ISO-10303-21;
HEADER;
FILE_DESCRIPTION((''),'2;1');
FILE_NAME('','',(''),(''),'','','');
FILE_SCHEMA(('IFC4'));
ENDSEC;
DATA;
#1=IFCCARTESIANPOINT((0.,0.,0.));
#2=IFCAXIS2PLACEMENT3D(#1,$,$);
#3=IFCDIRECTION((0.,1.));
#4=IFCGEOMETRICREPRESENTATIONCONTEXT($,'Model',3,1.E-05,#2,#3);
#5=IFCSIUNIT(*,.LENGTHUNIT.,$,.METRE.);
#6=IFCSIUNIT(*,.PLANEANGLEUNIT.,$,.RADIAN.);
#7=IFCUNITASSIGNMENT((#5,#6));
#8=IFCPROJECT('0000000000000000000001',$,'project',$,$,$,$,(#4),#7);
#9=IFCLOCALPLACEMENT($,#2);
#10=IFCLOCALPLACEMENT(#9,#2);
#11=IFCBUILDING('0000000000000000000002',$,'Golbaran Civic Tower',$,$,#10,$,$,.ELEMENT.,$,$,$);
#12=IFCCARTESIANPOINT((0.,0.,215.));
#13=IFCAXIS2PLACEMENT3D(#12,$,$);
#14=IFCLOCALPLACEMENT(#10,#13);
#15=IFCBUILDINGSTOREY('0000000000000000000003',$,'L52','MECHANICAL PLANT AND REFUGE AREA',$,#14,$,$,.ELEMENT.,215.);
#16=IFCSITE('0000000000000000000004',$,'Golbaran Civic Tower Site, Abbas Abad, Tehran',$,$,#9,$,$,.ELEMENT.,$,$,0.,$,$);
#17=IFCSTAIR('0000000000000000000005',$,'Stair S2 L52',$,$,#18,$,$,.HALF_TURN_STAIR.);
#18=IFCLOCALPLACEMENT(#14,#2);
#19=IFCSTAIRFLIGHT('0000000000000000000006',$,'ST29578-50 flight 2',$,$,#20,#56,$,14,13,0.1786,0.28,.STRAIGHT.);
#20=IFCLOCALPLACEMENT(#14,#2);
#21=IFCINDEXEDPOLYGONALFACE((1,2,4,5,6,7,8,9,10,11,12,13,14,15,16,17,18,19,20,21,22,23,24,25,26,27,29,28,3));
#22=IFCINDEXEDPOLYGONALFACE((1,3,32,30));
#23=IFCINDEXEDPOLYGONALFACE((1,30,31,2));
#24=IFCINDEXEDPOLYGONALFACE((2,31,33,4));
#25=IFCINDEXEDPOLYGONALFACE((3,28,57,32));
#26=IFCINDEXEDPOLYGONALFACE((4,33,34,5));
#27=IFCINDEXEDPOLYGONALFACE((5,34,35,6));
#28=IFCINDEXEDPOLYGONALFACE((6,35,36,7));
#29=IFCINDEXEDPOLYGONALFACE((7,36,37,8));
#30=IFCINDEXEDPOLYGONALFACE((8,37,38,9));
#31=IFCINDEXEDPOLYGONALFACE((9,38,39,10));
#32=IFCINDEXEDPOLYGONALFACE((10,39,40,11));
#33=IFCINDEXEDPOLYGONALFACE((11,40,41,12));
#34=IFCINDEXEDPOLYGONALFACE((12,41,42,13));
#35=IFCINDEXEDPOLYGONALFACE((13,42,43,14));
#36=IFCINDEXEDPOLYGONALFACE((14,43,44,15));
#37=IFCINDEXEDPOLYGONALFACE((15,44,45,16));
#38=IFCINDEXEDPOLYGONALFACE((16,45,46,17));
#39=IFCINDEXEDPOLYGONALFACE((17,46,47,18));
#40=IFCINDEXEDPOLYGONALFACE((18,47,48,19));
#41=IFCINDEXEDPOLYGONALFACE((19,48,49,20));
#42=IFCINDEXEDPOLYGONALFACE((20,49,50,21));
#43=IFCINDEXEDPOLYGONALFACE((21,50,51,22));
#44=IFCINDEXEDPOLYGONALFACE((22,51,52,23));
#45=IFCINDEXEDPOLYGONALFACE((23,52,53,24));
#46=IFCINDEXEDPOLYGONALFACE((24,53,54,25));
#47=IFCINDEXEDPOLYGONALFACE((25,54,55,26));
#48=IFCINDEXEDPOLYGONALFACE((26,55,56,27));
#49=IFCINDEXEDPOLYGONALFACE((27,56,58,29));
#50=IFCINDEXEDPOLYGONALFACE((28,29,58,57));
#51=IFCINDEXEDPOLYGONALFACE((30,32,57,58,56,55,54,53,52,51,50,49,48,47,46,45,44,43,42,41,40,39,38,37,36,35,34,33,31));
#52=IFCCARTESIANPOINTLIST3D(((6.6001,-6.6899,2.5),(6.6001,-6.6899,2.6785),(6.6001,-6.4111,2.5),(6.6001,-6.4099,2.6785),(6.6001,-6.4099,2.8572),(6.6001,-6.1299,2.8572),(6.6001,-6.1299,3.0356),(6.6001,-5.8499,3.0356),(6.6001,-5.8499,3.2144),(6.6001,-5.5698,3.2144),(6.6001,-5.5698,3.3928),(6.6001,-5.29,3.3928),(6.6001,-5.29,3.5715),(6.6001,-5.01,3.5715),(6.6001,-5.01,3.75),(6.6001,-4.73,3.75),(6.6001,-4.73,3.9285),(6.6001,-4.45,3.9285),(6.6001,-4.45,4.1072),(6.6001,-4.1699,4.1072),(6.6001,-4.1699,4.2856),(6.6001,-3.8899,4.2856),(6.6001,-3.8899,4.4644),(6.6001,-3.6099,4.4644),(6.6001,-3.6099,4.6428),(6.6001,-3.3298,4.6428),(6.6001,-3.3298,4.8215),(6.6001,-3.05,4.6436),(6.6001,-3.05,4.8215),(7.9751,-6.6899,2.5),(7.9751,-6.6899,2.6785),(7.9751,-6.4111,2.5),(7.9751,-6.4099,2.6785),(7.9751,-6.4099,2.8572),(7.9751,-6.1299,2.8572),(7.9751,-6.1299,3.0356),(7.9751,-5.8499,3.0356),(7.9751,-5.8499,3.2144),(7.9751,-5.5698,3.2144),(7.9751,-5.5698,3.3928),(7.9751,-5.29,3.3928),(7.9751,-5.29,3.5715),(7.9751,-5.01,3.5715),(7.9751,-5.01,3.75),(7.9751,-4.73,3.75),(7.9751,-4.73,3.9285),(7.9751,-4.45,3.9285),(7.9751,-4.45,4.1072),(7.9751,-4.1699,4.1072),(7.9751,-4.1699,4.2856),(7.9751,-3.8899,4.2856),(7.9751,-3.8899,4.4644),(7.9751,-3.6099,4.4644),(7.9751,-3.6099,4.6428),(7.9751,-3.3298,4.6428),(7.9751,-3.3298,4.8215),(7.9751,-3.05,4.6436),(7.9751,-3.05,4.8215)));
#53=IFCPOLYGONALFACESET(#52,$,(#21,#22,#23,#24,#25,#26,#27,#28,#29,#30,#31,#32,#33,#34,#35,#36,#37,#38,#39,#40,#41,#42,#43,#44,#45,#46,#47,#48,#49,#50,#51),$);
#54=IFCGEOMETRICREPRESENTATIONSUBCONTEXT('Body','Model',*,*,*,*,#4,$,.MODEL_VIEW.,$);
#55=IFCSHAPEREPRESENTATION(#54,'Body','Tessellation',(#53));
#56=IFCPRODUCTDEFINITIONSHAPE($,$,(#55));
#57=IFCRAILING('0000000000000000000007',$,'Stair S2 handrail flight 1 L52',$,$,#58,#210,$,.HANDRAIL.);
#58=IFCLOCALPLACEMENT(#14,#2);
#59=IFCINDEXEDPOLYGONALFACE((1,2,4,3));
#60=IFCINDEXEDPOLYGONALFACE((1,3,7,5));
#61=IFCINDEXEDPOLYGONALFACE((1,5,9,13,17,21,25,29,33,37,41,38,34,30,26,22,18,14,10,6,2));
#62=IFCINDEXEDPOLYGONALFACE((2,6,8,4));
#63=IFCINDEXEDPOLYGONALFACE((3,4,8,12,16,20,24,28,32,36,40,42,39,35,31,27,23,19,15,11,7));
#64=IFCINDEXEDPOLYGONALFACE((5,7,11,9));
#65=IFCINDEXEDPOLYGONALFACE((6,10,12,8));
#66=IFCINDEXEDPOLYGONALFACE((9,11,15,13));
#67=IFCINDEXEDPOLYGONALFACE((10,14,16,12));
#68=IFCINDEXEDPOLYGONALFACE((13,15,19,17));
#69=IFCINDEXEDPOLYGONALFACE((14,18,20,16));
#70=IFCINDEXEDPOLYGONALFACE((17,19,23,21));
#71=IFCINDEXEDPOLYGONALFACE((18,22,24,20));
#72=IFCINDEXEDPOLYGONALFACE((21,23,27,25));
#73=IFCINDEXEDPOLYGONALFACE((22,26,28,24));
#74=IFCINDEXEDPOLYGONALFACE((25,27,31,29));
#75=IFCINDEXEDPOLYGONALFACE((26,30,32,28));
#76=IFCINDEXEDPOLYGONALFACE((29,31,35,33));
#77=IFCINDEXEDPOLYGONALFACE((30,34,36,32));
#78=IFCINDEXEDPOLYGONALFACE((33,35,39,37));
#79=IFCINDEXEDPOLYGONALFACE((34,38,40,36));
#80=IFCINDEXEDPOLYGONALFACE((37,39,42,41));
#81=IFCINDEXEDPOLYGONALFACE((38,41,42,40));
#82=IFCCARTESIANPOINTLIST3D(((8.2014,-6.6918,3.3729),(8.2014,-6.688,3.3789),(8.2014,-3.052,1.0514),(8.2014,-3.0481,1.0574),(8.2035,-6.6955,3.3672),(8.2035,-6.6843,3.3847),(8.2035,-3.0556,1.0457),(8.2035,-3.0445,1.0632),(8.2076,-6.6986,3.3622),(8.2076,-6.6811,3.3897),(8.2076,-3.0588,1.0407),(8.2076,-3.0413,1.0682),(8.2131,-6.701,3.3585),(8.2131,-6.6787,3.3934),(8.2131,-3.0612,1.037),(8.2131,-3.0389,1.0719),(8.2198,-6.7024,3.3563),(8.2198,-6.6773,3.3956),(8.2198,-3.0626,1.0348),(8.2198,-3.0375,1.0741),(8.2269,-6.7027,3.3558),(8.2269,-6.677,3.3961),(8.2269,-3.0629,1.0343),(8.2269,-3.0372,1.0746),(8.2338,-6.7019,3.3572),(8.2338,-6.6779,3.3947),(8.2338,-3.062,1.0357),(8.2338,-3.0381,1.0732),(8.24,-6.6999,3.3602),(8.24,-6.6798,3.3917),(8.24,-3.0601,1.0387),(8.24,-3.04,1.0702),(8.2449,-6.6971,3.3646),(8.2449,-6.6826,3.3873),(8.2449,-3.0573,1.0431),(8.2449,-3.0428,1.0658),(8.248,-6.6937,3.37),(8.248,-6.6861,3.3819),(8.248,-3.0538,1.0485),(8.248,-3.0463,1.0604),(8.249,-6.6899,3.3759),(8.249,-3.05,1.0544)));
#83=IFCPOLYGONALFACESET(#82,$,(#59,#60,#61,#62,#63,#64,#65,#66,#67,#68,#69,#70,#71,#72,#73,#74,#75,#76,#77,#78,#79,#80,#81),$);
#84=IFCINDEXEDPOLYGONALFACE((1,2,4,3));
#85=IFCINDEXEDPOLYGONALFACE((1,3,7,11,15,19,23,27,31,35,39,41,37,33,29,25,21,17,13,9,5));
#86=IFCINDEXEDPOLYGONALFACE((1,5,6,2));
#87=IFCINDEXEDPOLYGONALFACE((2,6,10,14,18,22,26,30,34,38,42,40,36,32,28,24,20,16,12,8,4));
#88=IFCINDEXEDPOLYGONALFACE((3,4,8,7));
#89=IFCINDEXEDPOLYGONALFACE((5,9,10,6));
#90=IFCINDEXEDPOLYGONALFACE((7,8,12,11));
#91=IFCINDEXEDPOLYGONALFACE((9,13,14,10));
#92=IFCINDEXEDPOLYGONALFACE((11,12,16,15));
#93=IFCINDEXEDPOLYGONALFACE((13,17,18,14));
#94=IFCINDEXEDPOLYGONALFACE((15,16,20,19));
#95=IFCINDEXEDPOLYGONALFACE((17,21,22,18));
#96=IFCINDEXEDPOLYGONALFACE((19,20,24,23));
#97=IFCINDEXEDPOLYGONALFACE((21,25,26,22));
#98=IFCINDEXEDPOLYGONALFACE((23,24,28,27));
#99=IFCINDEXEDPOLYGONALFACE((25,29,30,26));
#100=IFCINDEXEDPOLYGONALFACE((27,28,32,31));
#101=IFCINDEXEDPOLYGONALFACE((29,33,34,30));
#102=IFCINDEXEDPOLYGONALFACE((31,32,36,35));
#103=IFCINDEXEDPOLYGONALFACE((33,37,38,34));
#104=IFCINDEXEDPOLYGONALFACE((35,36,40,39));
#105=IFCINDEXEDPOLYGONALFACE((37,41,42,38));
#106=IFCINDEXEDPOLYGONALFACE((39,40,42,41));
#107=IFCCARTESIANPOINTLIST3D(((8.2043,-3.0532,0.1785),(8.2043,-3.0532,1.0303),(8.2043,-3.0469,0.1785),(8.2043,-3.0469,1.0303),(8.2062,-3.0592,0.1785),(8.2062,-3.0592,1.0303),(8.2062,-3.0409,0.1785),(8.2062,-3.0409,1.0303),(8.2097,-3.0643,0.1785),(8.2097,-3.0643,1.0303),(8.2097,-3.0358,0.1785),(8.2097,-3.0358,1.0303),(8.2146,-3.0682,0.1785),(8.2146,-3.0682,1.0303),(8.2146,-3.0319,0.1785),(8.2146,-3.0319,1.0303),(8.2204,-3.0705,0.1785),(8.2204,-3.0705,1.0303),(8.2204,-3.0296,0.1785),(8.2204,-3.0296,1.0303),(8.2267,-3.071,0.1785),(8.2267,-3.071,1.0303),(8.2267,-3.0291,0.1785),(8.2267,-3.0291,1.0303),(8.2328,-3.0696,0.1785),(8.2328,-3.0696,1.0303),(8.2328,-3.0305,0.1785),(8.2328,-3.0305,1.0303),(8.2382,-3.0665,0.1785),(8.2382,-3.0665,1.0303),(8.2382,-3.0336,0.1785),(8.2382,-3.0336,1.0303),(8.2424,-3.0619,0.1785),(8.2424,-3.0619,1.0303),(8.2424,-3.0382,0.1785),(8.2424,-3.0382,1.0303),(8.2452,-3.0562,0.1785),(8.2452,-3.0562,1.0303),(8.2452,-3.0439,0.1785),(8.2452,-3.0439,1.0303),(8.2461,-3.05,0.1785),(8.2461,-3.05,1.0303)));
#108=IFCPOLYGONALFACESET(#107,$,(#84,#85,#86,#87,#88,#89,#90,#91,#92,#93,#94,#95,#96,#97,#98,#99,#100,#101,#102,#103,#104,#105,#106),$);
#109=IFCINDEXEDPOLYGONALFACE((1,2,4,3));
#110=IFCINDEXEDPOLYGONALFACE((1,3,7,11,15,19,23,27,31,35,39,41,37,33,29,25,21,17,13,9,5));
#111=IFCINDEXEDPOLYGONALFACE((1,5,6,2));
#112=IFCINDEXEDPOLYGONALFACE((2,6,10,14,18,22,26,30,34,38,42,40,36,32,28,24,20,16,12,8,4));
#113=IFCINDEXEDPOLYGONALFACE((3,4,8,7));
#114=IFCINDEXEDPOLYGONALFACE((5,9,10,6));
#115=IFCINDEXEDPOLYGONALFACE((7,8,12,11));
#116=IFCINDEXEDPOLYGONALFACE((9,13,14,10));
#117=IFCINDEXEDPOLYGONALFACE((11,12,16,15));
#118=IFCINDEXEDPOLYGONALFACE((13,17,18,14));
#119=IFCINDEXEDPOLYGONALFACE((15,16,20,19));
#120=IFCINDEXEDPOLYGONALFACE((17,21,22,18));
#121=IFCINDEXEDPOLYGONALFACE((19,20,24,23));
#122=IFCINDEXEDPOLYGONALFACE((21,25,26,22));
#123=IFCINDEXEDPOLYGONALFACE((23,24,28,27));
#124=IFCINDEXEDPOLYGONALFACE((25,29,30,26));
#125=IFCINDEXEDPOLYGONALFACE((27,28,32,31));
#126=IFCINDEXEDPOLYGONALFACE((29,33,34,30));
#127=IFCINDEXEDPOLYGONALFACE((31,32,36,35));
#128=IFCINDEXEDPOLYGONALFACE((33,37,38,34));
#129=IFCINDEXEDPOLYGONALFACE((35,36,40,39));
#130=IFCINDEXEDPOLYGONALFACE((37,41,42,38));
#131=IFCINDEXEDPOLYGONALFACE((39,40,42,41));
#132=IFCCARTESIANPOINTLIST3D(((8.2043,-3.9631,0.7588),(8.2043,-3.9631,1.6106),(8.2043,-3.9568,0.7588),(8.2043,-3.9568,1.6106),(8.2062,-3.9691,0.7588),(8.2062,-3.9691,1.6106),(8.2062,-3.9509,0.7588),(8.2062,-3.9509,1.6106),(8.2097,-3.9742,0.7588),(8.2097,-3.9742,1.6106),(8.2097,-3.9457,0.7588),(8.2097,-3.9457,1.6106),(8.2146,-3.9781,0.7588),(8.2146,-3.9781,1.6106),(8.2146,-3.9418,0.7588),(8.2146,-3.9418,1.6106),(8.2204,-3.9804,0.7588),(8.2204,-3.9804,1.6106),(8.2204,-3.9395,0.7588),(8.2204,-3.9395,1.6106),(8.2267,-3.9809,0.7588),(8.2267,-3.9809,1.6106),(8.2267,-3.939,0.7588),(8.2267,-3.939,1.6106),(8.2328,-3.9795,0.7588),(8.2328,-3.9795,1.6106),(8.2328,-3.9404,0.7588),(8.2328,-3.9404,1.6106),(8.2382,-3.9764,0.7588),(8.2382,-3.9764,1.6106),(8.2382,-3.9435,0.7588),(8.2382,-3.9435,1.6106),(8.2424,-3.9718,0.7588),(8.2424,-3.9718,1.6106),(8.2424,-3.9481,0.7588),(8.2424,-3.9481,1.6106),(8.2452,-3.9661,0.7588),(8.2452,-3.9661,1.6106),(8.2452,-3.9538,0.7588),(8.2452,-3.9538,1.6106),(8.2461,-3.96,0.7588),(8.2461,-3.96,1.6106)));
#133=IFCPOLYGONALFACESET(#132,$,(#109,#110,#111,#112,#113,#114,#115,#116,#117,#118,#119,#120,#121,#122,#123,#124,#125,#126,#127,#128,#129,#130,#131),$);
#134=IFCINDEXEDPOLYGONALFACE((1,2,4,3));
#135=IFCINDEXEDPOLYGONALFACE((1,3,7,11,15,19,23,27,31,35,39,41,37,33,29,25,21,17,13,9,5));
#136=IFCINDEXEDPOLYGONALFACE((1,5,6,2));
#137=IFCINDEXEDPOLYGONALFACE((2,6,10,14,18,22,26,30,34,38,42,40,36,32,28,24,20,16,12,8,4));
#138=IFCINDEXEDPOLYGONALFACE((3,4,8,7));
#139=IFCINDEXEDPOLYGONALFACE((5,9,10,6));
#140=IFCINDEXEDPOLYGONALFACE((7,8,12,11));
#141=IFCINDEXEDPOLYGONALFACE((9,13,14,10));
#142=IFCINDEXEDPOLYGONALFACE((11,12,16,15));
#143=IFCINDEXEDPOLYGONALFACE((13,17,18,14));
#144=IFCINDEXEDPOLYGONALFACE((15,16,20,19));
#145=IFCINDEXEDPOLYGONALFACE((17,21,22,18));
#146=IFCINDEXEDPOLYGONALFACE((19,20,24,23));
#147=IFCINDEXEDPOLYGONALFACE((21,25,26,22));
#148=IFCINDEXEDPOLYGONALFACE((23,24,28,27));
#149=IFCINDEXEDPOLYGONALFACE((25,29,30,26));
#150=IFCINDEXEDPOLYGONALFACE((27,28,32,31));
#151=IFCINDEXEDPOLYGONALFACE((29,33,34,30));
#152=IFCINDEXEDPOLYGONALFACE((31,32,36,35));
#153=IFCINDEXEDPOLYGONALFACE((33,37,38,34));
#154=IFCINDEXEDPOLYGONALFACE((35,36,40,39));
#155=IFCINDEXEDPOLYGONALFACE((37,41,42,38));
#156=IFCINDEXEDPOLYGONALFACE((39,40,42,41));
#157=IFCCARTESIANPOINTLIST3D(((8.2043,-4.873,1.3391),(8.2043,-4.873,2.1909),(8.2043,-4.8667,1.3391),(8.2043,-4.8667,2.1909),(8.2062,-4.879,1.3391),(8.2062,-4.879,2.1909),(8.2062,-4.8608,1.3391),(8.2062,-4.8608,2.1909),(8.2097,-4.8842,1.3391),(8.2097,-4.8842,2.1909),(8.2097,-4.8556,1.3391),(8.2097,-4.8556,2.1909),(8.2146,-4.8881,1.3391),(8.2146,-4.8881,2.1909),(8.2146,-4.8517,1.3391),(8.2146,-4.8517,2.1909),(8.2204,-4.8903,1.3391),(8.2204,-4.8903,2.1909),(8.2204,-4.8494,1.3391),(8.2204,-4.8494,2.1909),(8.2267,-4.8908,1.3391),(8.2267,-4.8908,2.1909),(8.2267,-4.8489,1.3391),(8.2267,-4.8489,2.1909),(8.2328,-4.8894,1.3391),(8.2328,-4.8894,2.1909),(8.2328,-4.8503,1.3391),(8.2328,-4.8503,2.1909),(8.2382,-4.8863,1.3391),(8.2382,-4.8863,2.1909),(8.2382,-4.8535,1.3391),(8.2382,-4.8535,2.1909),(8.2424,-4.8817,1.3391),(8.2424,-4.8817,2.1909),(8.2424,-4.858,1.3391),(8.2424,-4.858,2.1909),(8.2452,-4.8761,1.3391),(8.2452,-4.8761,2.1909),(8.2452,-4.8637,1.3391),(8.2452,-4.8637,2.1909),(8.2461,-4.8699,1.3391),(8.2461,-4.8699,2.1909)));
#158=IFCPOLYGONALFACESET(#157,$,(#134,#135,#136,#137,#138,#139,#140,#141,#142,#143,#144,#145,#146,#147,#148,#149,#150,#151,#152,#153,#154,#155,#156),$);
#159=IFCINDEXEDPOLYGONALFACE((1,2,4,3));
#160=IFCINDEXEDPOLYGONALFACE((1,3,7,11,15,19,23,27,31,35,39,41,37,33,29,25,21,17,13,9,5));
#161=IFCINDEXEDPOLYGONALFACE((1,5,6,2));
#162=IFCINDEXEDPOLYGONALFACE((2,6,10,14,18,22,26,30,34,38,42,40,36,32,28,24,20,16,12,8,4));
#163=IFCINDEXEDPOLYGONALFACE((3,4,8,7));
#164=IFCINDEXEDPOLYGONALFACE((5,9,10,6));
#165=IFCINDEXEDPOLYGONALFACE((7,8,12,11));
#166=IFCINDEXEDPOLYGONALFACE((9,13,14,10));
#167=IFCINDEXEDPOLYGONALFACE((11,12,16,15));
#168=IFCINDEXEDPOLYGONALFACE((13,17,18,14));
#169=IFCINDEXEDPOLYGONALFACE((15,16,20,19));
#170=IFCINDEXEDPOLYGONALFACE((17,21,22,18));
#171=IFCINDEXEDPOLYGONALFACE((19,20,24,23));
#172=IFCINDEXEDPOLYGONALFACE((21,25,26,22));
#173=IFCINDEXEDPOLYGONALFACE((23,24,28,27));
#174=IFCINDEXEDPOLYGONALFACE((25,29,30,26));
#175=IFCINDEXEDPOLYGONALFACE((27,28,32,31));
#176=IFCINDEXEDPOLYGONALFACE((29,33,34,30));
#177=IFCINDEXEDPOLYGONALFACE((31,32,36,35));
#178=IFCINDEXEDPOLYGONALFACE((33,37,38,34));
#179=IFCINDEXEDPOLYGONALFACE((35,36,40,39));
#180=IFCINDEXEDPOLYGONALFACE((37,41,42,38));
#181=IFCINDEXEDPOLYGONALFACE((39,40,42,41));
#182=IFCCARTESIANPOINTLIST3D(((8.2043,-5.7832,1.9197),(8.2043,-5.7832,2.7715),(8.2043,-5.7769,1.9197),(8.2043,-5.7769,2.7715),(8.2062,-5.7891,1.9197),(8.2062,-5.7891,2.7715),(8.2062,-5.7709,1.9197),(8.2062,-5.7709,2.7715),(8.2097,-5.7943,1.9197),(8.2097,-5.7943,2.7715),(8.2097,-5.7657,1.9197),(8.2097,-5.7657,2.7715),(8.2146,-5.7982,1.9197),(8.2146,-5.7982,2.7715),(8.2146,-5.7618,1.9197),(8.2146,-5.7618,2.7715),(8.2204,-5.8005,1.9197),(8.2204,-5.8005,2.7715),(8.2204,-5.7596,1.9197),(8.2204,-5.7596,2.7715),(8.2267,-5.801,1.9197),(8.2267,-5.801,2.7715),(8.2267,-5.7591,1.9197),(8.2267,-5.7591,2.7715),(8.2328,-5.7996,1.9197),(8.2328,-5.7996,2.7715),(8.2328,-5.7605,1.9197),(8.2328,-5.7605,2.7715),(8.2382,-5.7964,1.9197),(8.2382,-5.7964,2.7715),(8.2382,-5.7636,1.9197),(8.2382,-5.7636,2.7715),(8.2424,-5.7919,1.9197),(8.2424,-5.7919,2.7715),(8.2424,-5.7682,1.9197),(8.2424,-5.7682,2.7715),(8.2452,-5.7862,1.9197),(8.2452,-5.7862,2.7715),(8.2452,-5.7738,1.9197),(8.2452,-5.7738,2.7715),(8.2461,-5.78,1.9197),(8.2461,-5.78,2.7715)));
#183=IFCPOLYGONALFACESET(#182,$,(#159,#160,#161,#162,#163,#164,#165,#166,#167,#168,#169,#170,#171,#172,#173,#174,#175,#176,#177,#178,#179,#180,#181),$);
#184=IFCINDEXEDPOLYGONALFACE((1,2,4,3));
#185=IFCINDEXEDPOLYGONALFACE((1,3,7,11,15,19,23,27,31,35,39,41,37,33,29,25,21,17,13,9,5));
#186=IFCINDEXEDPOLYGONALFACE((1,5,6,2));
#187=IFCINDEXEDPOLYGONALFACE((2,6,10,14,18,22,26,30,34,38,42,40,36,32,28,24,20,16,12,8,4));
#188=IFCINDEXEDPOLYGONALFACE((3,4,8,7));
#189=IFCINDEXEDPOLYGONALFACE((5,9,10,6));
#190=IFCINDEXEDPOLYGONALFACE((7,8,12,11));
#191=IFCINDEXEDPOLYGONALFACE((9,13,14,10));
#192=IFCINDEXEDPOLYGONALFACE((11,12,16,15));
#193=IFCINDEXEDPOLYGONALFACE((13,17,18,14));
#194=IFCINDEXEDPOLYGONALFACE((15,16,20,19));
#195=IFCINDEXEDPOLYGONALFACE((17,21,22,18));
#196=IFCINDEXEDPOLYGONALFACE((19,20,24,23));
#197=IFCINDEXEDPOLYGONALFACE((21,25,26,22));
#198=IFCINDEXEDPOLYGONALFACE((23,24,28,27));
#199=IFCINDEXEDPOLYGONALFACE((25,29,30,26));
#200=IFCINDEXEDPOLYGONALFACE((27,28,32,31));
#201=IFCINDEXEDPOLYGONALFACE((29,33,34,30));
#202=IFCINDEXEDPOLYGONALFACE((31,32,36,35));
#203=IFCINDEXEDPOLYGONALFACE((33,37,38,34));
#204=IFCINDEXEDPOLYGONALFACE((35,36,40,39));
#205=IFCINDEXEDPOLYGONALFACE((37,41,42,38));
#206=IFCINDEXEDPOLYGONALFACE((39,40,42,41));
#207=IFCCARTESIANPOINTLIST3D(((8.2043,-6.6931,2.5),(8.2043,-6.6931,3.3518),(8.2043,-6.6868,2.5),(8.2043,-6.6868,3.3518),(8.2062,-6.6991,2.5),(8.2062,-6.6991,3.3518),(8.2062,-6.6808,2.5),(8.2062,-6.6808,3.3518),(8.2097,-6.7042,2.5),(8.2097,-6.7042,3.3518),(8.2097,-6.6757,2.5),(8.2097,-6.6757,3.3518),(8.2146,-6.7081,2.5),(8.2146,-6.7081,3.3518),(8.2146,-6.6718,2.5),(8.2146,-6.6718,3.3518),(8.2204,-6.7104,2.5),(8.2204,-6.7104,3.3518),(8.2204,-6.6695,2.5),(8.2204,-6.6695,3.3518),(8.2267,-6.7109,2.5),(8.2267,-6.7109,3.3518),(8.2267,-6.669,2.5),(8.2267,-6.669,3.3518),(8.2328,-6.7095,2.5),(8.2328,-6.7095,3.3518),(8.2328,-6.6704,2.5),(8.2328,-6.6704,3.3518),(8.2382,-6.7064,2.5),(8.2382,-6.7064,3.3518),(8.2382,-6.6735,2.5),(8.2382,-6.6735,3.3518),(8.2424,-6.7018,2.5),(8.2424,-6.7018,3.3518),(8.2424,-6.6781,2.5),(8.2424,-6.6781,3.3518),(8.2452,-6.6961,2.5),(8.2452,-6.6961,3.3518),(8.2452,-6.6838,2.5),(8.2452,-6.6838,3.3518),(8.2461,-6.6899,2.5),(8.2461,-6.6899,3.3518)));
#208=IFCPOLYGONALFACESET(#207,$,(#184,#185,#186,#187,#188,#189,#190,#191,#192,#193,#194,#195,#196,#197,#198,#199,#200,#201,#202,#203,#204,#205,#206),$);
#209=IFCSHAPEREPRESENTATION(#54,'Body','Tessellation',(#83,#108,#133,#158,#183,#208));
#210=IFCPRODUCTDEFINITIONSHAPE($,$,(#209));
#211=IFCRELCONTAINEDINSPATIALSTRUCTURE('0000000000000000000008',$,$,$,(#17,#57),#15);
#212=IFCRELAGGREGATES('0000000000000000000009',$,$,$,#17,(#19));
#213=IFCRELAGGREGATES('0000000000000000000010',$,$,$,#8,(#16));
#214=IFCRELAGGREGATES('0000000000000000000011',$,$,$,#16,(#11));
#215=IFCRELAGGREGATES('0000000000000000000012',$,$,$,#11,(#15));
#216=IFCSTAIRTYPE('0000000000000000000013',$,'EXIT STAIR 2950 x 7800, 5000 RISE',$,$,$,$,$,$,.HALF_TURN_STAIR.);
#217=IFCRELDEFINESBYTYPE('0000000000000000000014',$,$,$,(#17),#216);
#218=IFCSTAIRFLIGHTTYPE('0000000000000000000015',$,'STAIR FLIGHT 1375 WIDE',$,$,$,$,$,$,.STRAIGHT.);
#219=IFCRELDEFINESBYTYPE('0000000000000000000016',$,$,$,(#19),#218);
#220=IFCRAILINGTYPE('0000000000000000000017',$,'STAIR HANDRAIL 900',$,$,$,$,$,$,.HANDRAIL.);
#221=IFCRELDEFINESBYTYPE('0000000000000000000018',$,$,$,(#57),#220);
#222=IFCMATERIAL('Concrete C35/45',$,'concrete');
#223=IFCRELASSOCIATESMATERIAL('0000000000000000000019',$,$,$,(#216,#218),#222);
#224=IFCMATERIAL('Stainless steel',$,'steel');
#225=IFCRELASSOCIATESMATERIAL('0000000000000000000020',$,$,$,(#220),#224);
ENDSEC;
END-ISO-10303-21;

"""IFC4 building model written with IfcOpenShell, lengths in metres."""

from ifc_helpers import new_model, si_unit, direction, frame, origin, origin_2d, place, context, subcontext, project, spatial, polyline, circle, outline, extrude, material, type_object, element, aggregate, save


model = new_model("IFC4")

# Units and contexts
model_context = context("Model", 3, precision=1e-05, world=origin(), true_north=direction((0.0, 1.0)))
body_context = subcontext(model_context, "Body", "Model", "MODEL_VIEW")
ifc_project = project(units=[si_unit("LENGTHUNIT", "METRE"), si_unit("PLANEANGLEUNIT", "RADIAN")], contexts=[model_context])

# Site, building, storey
site_placement = place(None, origin())
site = spatial("IfcSite", under=ifc_project, at=site_placement, Name="Golbaran Civic Tower Site, Abbas Abad, Tehran", CompositionType="ELEMENT", RefElevation=0.0)
building_placement = place(site_placement, origin())
building = spatial("IfcBuilding", under=site, at=building_placement, Name="Golbaran Civic Tower", CompositionType="ELEMENT")
storey_placement = place(building_placement, frame((0.0, 0.0, 215.0)))
storey = spatial("IfcBuildingStorey", under=building, at=storey_placement, Name="L52", Description="MECHANICAL PLANT AND REFUGE AREA", CompositionType="ELEMENT", Elevation=215.0)

# Shared definitions
ifc_material_1 = material(Name="Concrete C35/45", Category="concrete")

# Shared definitions
stair_type_1 = type_object("IfcStairType", Name="EXIT STAIR 2950 x 7800, 5000 RISE", PredefinedType="HALF_TURN_STAIR", material=ifc_material_1)

# Stair
stair_1_placement = place(storey_placement, origin())
stair_1 = element("IfcStair", 1, at=stair_1_placement, inside=storey, type_object=stair_type_1, Name="Stair S2 L52", PredefinedType="HALF_TURN_STAIR")

# Shared definitions
ifc_material_2 = material(Name="Stainless steel", Category="steel")

# Stair flight
stair_flight_type = type_object("IfcStairFlightType", Name="STAIR FLIGHT 1375 WIDE", PredefinedType="STRAIGHT", material=ifc_material_1)
stair_flight_1_placement = place(storey_placement, frame((7.2876, -6.6899, 2.5), z_axis=(0.0, 0.0, 1.0), x_axis=(0.0, 1.0, 0.0)))
stair_flight_1 = element("IfcStairFlight", 2, at=stair_flight_1_placement, type_object=stair_flight_type, Name="ST29578-50 flight 2", NumberOfRisers=14, NumberOfTreads=13, PredefinedType="STRAIGHT", RiserHeight=0.1786, TreadLength=0.28, context=body_context, shape_type="SweptSolid", body=[
    extrude(outline(polyline([(0.0, 0.0), (0.0, 0.1785), (0.28, 0.1785), (0.28, 0.3572), (0.5601, 0.3572), (0.5601, 0.5356), (0.8401, 0.5356), (0.8401, 0.7144), (1.1201, 0.7144), (1.1201, 0.8928), (1.3999, 0.8928), (1.3999, 1.0715), (1.6799, 1.0715), (1.6799, 1.25), (1.96, 1.25), (1.96, 1.4285), (2.24, 1.4285), (2.24, 1.6072), (2.52, 1.6072), (2.52, 1.7856), (2.8, 1.7856), (2.8, 1.9644), (3.0801, 1.9644), (3.0801, 2.1428), (3.3601, 2.1428), (3.3601, 2.3215), (3.6399, 2.3215), (3.6399, 2.5), (3.6399, 2.1436), (0.2788, 0.0), (0.0, 0.0)])), frame((0.0, 0.6875, 0.0), z_axis=(0.0, -1.0, 0.0), x_axis=(1.0, 0.0, 0.0)), (0.0, 0.0, 1.0), 1.375),
])
aggregate(stair_1, [stair_flight_1])

# Railing
railing_type = type_object("IfcRailingType", Name="STAIR HANDRAIL 900", PredefinedType="HANDRAIL", material=ifc_material_2)
railing_1_placement = place(storey_placement, frame((8.2251, -3.05, 0.1785)))
element("IfcRailing", 3, at=railing_1_placement, inside=storey, type_object=railing_type, Name="Stair S2 handrail flight 1 L52", PredefinedType="HANDRAIL", context=body_context, shape_type="SweptSolid", body=[
    extrude(circle(Radius=0.0239, at=origin_2d()), frame((0.0, 0.0, 0.876), z_axis=(0.0, -0.843112, 0.537739), x_axis=(1.0, 0.0, 0.0)), (0.0, 0.0, 1.0), 4.3171),
    extrude(circle(Radius=0.021, at=origin_2d()), origin(), (0.0, 0.0, 1.0), 0.8518),
    extrude(circle(Radius=0.021, at=origin_2d()), frame((0.0, -0.9099, 0.5803)), (0.0, 0.0, 1.0), 0.8518),
    extrude(circle(Radius=0.021, at=origin_2d()), frame((0.0, -1.8198, 1.1606)), (0.0, 0.0, 1.0), 0.8518),
    extrude(circle(Radius=0.021, at=origin_2d()), frame((0.0, -2.73, 1.7412)), (0.0, 0.0, 1.0), 0.8518),
    extrude(circle(Radius=0.021, at=origin_2d()), frame((0.0, -3.6399, 2.3215)), (0.0, 0.0, 1.0), 0.8518),
])

save(model, "model.ifc")
